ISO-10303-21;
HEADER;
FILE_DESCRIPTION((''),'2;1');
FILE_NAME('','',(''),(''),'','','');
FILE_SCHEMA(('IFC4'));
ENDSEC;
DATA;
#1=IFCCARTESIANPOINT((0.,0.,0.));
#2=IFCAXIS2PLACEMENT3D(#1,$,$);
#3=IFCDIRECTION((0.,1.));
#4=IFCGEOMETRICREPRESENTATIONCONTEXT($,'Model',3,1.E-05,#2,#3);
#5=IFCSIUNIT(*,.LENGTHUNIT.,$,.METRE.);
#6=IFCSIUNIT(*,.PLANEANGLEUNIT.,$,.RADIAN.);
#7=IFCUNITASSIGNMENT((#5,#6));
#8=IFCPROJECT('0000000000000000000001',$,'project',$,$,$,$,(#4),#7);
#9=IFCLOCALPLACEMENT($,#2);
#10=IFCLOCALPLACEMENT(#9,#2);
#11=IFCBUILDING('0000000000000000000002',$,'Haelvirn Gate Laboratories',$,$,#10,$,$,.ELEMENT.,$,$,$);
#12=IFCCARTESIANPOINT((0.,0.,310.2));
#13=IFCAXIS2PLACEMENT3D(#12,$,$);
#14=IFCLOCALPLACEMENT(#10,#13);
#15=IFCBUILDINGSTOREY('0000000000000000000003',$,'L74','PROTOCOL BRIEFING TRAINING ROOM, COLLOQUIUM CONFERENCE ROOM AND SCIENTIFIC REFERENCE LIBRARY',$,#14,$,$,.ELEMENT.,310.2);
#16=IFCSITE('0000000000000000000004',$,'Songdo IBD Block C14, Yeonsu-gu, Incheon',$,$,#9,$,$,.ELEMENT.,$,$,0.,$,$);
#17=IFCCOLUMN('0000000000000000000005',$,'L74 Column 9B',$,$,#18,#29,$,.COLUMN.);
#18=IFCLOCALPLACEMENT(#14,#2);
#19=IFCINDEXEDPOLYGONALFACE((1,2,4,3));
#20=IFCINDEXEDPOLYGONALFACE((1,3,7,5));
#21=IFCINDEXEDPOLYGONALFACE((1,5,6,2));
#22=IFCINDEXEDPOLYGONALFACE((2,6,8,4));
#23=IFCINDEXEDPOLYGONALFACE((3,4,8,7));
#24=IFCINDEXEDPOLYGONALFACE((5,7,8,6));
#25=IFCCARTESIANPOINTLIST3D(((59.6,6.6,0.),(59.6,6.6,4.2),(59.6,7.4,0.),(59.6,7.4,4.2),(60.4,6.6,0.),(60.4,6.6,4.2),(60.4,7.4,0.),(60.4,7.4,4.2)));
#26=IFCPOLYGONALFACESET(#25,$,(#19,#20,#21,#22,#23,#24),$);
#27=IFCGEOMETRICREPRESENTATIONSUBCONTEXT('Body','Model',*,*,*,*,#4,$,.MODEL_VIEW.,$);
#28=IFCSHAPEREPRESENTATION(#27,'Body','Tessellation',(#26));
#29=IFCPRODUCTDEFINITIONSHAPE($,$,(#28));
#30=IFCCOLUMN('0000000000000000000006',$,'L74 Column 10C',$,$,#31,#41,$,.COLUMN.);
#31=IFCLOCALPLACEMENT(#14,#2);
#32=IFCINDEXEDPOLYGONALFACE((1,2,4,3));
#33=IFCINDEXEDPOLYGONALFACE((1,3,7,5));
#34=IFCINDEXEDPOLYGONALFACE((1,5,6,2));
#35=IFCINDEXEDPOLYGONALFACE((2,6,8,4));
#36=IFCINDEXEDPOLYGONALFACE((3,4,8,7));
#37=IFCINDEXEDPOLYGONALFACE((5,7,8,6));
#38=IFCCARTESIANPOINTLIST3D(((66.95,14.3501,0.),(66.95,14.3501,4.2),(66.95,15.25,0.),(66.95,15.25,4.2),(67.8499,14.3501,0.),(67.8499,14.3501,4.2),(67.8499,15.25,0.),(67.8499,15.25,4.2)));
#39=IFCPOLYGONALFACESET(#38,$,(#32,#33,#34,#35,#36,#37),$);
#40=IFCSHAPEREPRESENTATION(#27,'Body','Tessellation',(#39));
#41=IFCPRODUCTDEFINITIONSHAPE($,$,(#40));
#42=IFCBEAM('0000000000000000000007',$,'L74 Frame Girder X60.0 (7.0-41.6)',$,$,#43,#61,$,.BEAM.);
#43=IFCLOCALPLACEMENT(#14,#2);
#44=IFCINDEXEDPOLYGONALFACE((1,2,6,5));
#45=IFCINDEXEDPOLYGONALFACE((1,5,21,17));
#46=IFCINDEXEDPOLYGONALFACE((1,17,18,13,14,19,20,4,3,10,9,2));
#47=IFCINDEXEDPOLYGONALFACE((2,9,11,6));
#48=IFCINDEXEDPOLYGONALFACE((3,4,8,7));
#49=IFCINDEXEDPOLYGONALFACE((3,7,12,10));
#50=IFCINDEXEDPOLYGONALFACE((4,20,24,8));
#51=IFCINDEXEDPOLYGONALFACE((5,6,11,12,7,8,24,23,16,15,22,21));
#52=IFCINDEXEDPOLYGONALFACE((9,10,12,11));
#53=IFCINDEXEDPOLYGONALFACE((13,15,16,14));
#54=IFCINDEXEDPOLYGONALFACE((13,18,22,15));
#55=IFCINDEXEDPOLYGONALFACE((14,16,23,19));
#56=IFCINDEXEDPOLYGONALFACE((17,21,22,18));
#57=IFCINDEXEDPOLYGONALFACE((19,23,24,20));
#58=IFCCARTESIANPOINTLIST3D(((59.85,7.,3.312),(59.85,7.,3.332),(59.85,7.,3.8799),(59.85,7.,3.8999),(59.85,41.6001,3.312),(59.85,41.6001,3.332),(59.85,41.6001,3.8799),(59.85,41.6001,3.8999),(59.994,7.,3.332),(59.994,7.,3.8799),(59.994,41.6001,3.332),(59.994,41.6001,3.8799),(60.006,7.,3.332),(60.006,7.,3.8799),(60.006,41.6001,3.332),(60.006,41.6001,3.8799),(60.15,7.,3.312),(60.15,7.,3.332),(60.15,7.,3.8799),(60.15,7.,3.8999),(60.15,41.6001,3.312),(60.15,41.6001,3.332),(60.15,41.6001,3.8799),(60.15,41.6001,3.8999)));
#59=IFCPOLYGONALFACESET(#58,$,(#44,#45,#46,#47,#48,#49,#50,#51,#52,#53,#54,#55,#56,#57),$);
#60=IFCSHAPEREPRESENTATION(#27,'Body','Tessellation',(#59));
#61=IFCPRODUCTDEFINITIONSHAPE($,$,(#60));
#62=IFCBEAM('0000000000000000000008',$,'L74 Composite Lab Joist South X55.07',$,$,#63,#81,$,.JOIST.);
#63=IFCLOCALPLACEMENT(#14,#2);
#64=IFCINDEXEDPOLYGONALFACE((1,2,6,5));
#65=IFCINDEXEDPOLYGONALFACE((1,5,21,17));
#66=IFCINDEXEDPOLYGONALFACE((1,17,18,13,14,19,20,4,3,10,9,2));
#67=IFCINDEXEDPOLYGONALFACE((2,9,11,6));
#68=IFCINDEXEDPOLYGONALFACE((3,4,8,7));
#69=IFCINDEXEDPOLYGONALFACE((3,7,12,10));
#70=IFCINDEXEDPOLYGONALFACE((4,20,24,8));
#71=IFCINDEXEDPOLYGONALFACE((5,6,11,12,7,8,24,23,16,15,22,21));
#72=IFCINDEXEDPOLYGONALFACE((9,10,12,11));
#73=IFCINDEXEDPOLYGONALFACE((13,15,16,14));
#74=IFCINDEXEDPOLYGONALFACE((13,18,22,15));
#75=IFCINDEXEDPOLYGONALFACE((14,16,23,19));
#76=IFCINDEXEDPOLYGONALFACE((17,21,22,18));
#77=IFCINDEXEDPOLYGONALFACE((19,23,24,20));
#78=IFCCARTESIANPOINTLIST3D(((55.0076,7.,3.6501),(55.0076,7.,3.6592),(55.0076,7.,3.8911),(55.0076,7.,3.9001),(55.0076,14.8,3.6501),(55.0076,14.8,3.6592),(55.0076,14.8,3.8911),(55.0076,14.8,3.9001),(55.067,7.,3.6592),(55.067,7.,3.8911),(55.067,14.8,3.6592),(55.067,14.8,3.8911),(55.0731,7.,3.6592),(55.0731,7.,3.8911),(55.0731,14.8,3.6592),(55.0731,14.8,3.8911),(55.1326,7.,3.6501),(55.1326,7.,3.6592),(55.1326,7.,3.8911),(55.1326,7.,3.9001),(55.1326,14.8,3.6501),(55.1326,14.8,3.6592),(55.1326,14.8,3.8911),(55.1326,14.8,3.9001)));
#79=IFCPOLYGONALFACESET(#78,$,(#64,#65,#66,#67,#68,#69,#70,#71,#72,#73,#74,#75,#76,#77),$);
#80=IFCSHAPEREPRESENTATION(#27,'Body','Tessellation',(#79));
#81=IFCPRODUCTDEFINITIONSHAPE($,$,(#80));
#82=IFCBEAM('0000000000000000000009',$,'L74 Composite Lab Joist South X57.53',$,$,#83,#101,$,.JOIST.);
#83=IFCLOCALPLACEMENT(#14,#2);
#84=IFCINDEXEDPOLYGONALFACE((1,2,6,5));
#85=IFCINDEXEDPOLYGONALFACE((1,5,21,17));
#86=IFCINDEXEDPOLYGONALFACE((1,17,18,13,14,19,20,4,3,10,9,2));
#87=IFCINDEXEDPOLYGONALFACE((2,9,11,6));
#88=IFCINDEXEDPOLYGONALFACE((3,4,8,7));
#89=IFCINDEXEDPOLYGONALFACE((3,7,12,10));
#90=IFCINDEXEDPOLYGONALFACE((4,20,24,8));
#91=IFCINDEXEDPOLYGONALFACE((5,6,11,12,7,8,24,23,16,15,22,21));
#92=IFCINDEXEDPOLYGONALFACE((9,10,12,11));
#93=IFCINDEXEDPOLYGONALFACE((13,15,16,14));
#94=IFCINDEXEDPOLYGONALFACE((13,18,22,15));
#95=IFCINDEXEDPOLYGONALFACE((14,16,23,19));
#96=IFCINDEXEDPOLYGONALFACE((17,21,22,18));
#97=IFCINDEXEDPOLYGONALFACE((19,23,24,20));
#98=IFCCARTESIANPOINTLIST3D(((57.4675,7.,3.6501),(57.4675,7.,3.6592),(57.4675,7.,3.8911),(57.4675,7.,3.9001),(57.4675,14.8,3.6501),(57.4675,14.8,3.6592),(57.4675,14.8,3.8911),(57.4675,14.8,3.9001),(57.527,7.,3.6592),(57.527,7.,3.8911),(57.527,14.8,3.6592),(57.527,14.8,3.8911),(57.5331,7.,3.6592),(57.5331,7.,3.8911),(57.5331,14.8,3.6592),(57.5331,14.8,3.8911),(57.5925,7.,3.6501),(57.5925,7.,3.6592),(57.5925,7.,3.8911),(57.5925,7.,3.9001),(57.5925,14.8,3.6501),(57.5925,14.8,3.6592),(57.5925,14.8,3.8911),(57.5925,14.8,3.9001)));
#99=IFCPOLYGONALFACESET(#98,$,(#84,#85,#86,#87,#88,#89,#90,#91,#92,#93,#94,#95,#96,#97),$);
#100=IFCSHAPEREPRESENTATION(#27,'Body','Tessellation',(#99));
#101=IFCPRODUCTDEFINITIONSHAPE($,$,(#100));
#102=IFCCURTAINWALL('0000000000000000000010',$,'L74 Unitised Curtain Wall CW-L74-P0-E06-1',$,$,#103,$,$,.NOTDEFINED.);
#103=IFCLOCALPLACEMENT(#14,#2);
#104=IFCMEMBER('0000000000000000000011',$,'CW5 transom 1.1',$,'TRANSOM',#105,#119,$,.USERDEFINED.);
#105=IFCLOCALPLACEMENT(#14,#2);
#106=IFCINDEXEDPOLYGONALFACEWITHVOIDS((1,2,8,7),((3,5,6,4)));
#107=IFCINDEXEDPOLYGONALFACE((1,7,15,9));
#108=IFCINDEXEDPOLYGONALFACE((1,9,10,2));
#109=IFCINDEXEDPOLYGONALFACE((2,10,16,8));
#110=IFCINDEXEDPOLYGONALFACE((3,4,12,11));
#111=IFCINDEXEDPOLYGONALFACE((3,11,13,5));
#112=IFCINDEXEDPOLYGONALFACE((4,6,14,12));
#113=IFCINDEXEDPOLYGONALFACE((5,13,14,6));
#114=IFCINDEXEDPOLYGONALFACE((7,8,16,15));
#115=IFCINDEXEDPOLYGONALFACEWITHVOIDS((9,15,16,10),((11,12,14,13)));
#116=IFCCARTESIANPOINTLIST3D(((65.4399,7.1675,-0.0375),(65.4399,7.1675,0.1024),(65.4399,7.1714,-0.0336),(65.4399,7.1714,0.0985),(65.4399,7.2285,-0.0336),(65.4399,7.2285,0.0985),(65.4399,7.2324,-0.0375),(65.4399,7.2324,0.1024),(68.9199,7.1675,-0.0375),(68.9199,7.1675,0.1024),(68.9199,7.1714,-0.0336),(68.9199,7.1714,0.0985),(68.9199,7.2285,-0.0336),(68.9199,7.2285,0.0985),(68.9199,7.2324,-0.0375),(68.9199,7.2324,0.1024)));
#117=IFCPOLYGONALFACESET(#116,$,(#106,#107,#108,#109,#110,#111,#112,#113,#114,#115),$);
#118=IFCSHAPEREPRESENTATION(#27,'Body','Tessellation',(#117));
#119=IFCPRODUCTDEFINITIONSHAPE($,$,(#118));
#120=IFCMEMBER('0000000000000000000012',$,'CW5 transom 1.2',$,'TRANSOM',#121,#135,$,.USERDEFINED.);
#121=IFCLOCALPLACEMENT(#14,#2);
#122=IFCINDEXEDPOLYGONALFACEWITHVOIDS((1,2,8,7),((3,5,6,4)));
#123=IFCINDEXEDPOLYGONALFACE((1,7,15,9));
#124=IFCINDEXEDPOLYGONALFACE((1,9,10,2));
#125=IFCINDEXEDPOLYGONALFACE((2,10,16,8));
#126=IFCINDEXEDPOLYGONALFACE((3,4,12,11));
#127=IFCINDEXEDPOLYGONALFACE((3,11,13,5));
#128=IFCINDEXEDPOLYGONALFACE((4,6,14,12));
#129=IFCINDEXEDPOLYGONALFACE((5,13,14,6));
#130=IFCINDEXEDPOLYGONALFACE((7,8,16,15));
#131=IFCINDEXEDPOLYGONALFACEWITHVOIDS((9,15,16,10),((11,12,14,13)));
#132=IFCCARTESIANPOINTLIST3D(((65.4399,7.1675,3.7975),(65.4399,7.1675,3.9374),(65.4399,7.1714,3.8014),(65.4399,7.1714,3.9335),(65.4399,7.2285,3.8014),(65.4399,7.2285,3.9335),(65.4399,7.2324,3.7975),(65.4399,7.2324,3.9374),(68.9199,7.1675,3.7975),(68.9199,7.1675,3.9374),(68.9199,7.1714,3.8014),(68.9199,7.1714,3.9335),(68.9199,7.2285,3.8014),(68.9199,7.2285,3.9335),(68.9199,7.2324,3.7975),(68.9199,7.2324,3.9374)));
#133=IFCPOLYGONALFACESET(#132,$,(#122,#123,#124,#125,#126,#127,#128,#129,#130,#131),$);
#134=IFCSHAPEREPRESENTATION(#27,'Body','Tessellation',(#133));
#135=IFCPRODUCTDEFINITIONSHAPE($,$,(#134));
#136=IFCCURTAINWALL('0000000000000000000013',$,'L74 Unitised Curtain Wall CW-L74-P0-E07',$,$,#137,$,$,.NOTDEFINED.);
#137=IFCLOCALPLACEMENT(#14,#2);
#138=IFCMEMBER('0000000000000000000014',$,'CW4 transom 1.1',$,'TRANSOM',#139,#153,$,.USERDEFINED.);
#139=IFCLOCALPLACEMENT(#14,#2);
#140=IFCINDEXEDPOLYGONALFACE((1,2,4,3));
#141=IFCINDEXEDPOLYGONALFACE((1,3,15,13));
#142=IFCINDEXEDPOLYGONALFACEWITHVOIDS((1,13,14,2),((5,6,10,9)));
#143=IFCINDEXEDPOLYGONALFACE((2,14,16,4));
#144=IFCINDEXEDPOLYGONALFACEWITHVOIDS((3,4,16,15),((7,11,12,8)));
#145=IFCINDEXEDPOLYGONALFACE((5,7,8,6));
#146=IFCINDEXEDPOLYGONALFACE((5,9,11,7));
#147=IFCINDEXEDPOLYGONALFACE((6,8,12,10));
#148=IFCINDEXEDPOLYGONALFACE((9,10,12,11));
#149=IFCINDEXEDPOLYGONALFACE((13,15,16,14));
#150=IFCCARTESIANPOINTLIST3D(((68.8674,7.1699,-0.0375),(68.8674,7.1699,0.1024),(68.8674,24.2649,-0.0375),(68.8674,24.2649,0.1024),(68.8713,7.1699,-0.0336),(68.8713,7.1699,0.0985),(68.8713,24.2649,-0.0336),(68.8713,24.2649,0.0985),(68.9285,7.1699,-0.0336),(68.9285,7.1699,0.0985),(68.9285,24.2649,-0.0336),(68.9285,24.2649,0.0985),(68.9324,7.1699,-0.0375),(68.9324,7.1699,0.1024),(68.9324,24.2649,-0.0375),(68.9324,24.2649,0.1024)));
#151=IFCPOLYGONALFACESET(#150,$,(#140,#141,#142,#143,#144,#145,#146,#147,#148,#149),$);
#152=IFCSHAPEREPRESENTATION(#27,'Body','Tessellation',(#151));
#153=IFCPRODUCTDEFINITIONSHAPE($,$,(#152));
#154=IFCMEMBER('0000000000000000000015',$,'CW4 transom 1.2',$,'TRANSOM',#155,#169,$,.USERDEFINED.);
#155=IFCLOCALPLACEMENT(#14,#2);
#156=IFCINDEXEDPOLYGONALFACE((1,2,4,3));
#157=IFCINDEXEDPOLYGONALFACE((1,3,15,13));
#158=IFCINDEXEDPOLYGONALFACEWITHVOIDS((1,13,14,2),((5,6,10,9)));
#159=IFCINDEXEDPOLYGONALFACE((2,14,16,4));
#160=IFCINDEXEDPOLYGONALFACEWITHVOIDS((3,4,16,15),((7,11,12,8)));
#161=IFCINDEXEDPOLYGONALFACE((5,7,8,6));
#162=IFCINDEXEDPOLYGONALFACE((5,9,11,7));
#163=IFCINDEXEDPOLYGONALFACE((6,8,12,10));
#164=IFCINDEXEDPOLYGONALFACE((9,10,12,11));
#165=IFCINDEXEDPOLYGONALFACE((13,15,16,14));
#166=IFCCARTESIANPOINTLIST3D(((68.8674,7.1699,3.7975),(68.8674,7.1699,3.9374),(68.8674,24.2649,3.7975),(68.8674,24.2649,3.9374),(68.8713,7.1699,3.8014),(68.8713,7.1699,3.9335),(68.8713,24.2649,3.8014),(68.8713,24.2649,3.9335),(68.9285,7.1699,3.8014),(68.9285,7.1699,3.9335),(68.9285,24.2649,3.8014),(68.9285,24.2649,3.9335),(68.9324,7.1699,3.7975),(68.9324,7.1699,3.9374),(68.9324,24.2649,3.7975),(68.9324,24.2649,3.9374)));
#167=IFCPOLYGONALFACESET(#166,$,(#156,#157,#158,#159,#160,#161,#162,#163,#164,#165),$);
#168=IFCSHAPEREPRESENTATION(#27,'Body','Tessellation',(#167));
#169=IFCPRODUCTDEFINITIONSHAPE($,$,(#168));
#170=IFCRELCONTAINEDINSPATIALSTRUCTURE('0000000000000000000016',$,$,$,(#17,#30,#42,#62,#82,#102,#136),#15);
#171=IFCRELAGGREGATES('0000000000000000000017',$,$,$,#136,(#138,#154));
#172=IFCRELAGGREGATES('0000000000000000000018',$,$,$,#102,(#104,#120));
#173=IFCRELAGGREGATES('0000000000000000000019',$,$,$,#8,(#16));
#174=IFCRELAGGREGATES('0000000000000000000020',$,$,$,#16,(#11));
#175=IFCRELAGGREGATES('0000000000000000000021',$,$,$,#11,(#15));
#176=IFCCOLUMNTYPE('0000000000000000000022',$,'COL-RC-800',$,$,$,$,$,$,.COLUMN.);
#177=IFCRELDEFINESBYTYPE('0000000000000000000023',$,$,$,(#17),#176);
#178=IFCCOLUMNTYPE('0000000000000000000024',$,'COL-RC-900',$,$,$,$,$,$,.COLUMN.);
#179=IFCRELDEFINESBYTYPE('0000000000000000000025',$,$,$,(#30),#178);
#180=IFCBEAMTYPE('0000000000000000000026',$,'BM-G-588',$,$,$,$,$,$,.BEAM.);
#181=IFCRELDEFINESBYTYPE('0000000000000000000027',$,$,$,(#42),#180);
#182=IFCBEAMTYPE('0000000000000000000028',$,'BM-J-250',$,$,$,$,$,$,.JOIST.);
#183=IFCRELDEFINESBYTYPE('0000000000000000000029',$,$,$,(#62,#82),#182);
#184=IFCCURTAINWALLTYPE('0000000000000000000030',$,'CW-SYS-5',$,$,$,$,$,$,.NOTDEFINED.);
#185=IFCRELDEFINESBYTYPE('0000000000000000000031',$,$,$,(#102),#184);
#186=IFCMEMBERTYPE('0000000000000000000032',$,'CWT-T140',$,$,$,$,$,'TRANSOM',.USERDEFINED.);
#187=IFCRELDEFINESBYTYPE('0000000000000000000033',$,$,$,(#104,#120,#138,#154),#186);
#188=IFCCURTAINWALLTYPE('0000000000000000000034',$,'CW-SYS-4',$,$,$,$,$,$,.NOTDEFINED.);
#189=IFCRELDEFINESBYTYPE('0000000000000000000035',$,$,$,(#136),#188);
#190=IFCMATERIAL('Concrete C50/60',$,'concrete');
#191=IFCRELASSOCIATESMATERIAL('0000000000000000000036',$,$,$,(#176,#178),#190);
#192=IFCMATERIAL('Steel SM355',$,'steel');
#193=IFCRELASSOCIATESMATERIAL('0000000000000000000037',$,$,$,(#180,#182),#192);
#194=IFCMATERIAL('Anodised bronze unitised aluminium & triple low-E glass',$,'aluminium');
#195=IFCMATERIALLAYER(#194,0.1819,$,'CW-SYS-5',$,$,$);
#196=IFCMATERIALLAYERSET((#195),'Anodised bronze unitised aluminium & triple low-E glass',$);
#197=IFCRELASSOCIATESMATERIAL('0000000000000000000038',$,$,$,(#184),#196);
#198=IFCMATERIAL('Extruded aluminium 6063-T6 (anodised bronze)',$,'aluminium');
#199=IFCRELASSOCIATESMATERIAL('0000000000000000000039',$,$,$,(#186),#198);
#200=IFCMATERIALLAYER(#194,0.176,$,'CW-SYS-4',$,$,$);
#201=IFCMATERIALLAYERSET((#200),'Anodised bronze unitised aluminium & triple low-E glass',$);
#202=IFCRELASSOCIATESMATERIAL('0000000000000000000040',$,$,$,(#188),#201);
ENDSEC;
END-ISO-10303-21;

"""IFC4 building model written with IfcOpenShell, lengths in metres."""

from ifc_helpers import new_model, si_unit, direction, frame, origin, origin_2d, place, context, subcontext, project, spatial, rectangle, hollow_rectangle, i_section, extrude, source, transform, mapped, material, layer, layer_set, material_profile, profile_set, type_object, type_shapes, element, aggregate, save


model = new_model("IFC4")

# Units and contexts
model_context = context("Model", 3, precision=1e-05, world=origin(), true_north=direction((0.0, 1.0)))
body_context = subcontext(model_context, "Body", "Model", "MODEL_VIEW")
ifc_project = project(units=[si_unit("LENGTHUNIT", "METRE"), si_unit("PLANEANGLEUNIT", "RADIAN")], contexts=[model_context])

# Site, building, storey
site_placement = place(None, origin())
site = spatial("IfcSite", under=ifc_project, at=site_placement, Name="Songdo IBD Block C14, Yeonsu-gu, Incheon", CompositionType="ELEMENT", RefElevation=0.0)
building_placement = place(site_placement, origin())
building = spatial("IfcBuilding", under=site, at=building_placement, Name="Haelvirn Gate Laboratories", CompositionType="ELEMENT")
storey_placement = place(building_placement, frame((0.0, 0.0, 310.2)))
storey = spatial("IfcBuildingStorey", under=building, at=storey_placement, Name="L74", Description="PROTOCOL BRIEFING TRAINING ROOM, COLLOQUIUM CONFERENCE ROOM AND SCIENTIFIC REFERENCE LIBRARY", CompositionType="ELEMENT", Elevation=310.2)

# Columns
ifc_material_1 = material(Name="Concrete C50/60", Category="concrete")
ifc_material_profile_1 = material_profile(ifc_material_1, rectangle(XDim=0.8, YDim=0.8, at=origin_2d()), Name="RC-800x800")
ifc_profile_set_1 = profile_set([ifc_material_profile_1], Name="Concrete C50/60")
column_type_1 = type_object("IfcColumnType", Name="COL-RC-800", PredefinedType="COLUMN", material=ifc_profile_set_1)
shared_shape_1 = source(origin(), body_context, "Body", "SweptSolid", [
    extrude(rectangle(XDim=0.8, YDim=0.8, at=origin_2d()), origin(), (0.0, 0.0, 1.0), 4.2),
])
type_shapes(column_type_1, [shared_shape_1])
column_1_placement = place(storey_placement, frame((60.0, 7.0, 0.0), z_axis=(0.0, 0.0, 1.0), x_axis=(1.0, 0.0, 0.0)))
element("IfcColumn", 1, at=column_1_placement, inside=storey, type_object=column_type_1, Name="L74 Column 9B", PredefinedType="COLUMN", context=body_context, shape_type="MappedRepresentation", body=[
    mapped(shared_shape_1, transform((0.0, 0.0, 0.0), scale=1.0)),
])
ifc_material_profile_2 = material_profile(ifc_material_1, rectangle(XDim=0.8999, YDim=0.8999, at=origin_2d()), Name="RC-900x900")
ifc_profile_set_2 = profile_set([ifc_material_profile_2], Name="Concrete C50/60")
column_type_2 = type_object("IfcColumnType", Name="COL-RC-900", PredefinedType="COLUMN", material=ifc_profile_set_2)
shared_shape_2 = source(origin(), body_context, "Body", "SweptSolid", [
    extrude(rectangle(XDim=0.8999, YDim=0.8999, at=origin_2d()), origin(), (0.0, 0.0, 1.0), 4.2),
])
type_shapes(column_type_2, [shared_shape_2])
column_2_placement = place(storey_placement, frame((67.3999, 14.8, 0.0), z_axis=(0.0, 0.0, 1.0), x_axis=(1.0, 0.0, 0.0)))
element("IfcColumn", 2, at=column_2_placement, inside=storey, type_object=column_type_2, Name="L74 Column 10C", PredefinedType="COLUMN", context=body_context, shape_type="MappedRepresentation", body=[
    mapped(shared_shape_2, transform((0.0, 0.0, 0.0), scale=1.0)),
])

# Beams
ifc_material_2 = material(Name="Steel SM355", Category="steel")
ifc_material_profile_3 = material_profile(ifc_material_2, i_section(OverallWidth=0.3, OverallDepth=0.5879, WebThickness=0.012, FlangeThickness=0.02, at=origin_2d()), Name="H-588x300x12x20")
ifc_profile_set_3 = profile_set([ifc_material_profile_3], Name="Steel SM355")
beam_type_1 = type_object("IfcBeamType", Name="BM-G-588", PredefinedType="BEAM", material=ifc_profile_set_3)
shared_shape_3 = source(origin(), body_context, "Body", "SweptSolid", [
    extrude(i_section(OverallWidth=0.3, OverallDepth=0.5879, WebThickness=0.012, FlangeThickness=0.02, at=origin_2d()), origin(), (0.0, 0.0, 1.0), 34.6001),
])
type_shapes(beam_type_1, [shared_shape_3])
beam_placement = place(storey_placement, frame((60.0, 7.0, 3.606), z_axis=(0.0, 1.0, 0.0), x_axis=(-1.0, 0.0, 0.0)))
element("IfcBeam", 3, at=beam_placement, inside=storey, type_object=beam_type_1, Name="L74 Frame Girder X60.0 (7.0-41.6)", PredefinedType="BEAM", context=body_context, shape_type="MappedRepresentation", body=[
    mapped(shared_shape_3, transform((0.0, 0.0, 0.0), scale=1.0)),
])
ifc_material_profile_4 = material_profile(ifc_material_2, i_section(OverallWidth=0.125, OverallDepth=0.25, WebThickness=0.0061, FlangeThickness=0.009, at=origin_2d()), Name="H-250x125x6x9")
ifc_profile_set_4 = profile_set([ifc_material_profile_4], Name="Steel SM355")
beam_type_2 = type_object("IfcBeamType", Name="BM-J-250", PredefinedType="JOIST", material=ifc_profile_set_4)
shared_shape_4 = source(origin(), body_context, "Body", "SweptSolid", [
    extrude(i_section(OverallWidth=0.125, OverallDepth=0.25, WebThickness=0.0061, FlangeThickness=0.009, at=origin_2d()), origin(), (0.0, 0.0, 1.0), 7.8),
])
type_shapes(beam_type_2, [shared_shape_4])
for number, where, z_axis, x_axis, name in (
    (4, (55.0701, 7.0, 3.7751), (0.0, 1.0, 0.0), (-1.0, 0.0, 0.0), "L74 Composite Lab Joist South X55.07"),
    (5, (57.53, 7.0, 3.7751), (0.0, 1.0, 0.0), (-1.0, 0.0, 0.0), "L74 Composite Lab Joist South X57.53"),
):
    element("IfcBeam", number, at=place(storey_placement, frame(where, z_axis=z_axis, x_axis=x_axis)), inside=storey, type_object=beam_type_2, Name=name, PredefinedType="JOIST", context=body_context, shape_type="MappedRepresentation", body=[
        mapped(shared_shape_4, transform((0.0, 0.0, 0.0), scale=1.0)),
    ])

# Curtain walls, members
ifc_material_3 = material(Name="Anodised bronze unitised aluminium & triple low-E glass", Category="aluminium")
ifc_layer_1 = layer(ifc_material_3, 0.1819, Name="CW-SYS-5")
ifc_layer_set_1 = layer_set([ifc_layer_1], Name="Anodised bronze unitised aluminium & triple low-E glass")
curtain_wall_type_1 = type_object("IfcCurtainWallType", Name="CW-SYS-5", PredefinedType="NOTDEFINED", material=ifc_layer_set_1)
curtain_wall_1_placement = place(storey_placement, origin())
curtain_wall_1 = element("IfcCurtainWall", 6, at=curtain_wall_1_placement, inside=storey, type_object=curtain_wall_type_1, Name="L74 Unitised Curtain Wall CW-L74-P0-E06-1", PredefinedType="NOTDEFINED")
ifc_material_4 = material(Name="Extruded aluminium 6063-T6 (anodised bronze)", Category="aluminium")
ifc_material_profile_5 = material_profile(ifc_material_4, hollow_rectangle(XDim=0.0649, YDim=0.1399, WallThickness=0.0039, at=origin_2d()), Name="CWT-140x65x4")
ifc_profile_set_5 = profile_set([ifc_material_profile_5], Name="Extruded aluminium 6063-T6 (anodised bronze)")
member_type_1 = type_object("IfcMemberType", Name="CWT-T140", ElementType="TRANSOM", PredefinedType="USERDEFINED", material=ifc_profile_set_5)
shared_shape_5 = source(origin(), body_context, "Body", "SweptSolid", [
    extrude(hollow_rectangle(XDim=0.0649, YDim=0.1399, WallThickness=0.0039, at=origin_2d()), origin(), (0.0, 0.0, 1.0), 3.48),
])
member_1_placement = place(storey_placement, frame((65.4399, 7.2, 0.0325), z_axis=(1.0, 0.0, 0.0), x_axis=(0.0, 1.0, 0.0)))
member_1 = element("IfcMember", 7, at=member_1_placement, type_object=member_type_1, Name="CW5 transom 1.1", ObjectType="TRANSOM", PredefinedType="USERDEFINED", context=body_context, shape_type="MappedRepresentation", body=[
    mapped(shared_shape_5, transform((0.0, 0.0, 0.0), scale=1.0)),
])
member_2_placement = place(storey_placement, frame((65.4399, 7.2, 3.8674), z_axis=(1.0, 0.0, 0.0), x_axis=(0.0, 1.0, 0.0)))
member_2 = element("IfcMember", 8, at=member_2_placement, type_object=member_type_1, Name="CW5 transom 1.2", ObjectType="TRANSOM", PredefinedType="USERDEFINED", context=body_context, shape_type="MappedRepresentation", body=[
    mapped(shared_shape_5, transform((0.0, 0.0, 0.0), scale=1.0)),
])
ifc_layer_2 = layer(ifc_material_3, 0.176, Name="CW-SYS-4")
ifc_layer_set_2 = layer_set([ifc_layer_2], Name="Anodised bronze unitised aluminium & triple low-E glass")
curtain_wall_type_2 = type_object("IfcCurtainWallType", Name="CW-SYS-4", PredefinedType="NOTDEFINED", material=ifc_layer_set_2)
curtain_wall_2_placement = place(storey_placement, origin())
curtain_wall_2 = element("IfcCurtainWall", 9, at=curtain_wall_2_placement, inside=storey, type_object=curtain_wall_type_2, Name="L74 Unitised Curtain Wall CW-L74-P0-E07", PredefinedType="NOTDEFINED")
shared_shape_6 = source(origin(), body_context, "Body", "SweptSolid", [
    extrude(hollow_rectangle(XDim=0.0649, YDim=0.1399, WallThickness=0.0039, at=origin_2d()), origin(), (0.0, 0.0, 1.0), 17.095),
])
member_3_placement = place(storey_placement, frame((68.8999, 7.1699, 0.0325), z_axis=(0.0, 1.0, 0.0), x_axis=(-1.0, 0.0, 0.0)))
member_3 = element("IfcMember", 10, at=member_3_placement, type_object=member_type_1, Name="CW4 transom 1.1", ObjectType="TRANSOM", PredefinedType="USERDEFINED", context=body_context, shape_type="MappedRepresentation", body=[
    mapped(shared_shape_6, transform((0.0, 0.0, 0.0), scale=1.0)),
])
member_4_placement = place(storey_placement, frame((68.8999, 7.1699, 3.8674), z_axis=(0.0, 1.0, 0.0), x_axis=(-1.0, 0.0, 0.0)))
member_4 = element("IfcMember", 11, at=member_4_placement, type_object=member_type_1, Name="CW4 transom 1.2", ObjectType="TRANSOM", PredefinedType="USERDEFINED", context=body_context, shape_type="MappedRepresentation", body=[
    mapped(shared_shape_6, transform((0.0, 0.0, 0.0), scale=1.0)),
])

aggregate(curtain_wall_2, [member_3, member_4])

aggregate(curtain_wall_1, [member_1, member_2])

save(model, "model.ifc")
